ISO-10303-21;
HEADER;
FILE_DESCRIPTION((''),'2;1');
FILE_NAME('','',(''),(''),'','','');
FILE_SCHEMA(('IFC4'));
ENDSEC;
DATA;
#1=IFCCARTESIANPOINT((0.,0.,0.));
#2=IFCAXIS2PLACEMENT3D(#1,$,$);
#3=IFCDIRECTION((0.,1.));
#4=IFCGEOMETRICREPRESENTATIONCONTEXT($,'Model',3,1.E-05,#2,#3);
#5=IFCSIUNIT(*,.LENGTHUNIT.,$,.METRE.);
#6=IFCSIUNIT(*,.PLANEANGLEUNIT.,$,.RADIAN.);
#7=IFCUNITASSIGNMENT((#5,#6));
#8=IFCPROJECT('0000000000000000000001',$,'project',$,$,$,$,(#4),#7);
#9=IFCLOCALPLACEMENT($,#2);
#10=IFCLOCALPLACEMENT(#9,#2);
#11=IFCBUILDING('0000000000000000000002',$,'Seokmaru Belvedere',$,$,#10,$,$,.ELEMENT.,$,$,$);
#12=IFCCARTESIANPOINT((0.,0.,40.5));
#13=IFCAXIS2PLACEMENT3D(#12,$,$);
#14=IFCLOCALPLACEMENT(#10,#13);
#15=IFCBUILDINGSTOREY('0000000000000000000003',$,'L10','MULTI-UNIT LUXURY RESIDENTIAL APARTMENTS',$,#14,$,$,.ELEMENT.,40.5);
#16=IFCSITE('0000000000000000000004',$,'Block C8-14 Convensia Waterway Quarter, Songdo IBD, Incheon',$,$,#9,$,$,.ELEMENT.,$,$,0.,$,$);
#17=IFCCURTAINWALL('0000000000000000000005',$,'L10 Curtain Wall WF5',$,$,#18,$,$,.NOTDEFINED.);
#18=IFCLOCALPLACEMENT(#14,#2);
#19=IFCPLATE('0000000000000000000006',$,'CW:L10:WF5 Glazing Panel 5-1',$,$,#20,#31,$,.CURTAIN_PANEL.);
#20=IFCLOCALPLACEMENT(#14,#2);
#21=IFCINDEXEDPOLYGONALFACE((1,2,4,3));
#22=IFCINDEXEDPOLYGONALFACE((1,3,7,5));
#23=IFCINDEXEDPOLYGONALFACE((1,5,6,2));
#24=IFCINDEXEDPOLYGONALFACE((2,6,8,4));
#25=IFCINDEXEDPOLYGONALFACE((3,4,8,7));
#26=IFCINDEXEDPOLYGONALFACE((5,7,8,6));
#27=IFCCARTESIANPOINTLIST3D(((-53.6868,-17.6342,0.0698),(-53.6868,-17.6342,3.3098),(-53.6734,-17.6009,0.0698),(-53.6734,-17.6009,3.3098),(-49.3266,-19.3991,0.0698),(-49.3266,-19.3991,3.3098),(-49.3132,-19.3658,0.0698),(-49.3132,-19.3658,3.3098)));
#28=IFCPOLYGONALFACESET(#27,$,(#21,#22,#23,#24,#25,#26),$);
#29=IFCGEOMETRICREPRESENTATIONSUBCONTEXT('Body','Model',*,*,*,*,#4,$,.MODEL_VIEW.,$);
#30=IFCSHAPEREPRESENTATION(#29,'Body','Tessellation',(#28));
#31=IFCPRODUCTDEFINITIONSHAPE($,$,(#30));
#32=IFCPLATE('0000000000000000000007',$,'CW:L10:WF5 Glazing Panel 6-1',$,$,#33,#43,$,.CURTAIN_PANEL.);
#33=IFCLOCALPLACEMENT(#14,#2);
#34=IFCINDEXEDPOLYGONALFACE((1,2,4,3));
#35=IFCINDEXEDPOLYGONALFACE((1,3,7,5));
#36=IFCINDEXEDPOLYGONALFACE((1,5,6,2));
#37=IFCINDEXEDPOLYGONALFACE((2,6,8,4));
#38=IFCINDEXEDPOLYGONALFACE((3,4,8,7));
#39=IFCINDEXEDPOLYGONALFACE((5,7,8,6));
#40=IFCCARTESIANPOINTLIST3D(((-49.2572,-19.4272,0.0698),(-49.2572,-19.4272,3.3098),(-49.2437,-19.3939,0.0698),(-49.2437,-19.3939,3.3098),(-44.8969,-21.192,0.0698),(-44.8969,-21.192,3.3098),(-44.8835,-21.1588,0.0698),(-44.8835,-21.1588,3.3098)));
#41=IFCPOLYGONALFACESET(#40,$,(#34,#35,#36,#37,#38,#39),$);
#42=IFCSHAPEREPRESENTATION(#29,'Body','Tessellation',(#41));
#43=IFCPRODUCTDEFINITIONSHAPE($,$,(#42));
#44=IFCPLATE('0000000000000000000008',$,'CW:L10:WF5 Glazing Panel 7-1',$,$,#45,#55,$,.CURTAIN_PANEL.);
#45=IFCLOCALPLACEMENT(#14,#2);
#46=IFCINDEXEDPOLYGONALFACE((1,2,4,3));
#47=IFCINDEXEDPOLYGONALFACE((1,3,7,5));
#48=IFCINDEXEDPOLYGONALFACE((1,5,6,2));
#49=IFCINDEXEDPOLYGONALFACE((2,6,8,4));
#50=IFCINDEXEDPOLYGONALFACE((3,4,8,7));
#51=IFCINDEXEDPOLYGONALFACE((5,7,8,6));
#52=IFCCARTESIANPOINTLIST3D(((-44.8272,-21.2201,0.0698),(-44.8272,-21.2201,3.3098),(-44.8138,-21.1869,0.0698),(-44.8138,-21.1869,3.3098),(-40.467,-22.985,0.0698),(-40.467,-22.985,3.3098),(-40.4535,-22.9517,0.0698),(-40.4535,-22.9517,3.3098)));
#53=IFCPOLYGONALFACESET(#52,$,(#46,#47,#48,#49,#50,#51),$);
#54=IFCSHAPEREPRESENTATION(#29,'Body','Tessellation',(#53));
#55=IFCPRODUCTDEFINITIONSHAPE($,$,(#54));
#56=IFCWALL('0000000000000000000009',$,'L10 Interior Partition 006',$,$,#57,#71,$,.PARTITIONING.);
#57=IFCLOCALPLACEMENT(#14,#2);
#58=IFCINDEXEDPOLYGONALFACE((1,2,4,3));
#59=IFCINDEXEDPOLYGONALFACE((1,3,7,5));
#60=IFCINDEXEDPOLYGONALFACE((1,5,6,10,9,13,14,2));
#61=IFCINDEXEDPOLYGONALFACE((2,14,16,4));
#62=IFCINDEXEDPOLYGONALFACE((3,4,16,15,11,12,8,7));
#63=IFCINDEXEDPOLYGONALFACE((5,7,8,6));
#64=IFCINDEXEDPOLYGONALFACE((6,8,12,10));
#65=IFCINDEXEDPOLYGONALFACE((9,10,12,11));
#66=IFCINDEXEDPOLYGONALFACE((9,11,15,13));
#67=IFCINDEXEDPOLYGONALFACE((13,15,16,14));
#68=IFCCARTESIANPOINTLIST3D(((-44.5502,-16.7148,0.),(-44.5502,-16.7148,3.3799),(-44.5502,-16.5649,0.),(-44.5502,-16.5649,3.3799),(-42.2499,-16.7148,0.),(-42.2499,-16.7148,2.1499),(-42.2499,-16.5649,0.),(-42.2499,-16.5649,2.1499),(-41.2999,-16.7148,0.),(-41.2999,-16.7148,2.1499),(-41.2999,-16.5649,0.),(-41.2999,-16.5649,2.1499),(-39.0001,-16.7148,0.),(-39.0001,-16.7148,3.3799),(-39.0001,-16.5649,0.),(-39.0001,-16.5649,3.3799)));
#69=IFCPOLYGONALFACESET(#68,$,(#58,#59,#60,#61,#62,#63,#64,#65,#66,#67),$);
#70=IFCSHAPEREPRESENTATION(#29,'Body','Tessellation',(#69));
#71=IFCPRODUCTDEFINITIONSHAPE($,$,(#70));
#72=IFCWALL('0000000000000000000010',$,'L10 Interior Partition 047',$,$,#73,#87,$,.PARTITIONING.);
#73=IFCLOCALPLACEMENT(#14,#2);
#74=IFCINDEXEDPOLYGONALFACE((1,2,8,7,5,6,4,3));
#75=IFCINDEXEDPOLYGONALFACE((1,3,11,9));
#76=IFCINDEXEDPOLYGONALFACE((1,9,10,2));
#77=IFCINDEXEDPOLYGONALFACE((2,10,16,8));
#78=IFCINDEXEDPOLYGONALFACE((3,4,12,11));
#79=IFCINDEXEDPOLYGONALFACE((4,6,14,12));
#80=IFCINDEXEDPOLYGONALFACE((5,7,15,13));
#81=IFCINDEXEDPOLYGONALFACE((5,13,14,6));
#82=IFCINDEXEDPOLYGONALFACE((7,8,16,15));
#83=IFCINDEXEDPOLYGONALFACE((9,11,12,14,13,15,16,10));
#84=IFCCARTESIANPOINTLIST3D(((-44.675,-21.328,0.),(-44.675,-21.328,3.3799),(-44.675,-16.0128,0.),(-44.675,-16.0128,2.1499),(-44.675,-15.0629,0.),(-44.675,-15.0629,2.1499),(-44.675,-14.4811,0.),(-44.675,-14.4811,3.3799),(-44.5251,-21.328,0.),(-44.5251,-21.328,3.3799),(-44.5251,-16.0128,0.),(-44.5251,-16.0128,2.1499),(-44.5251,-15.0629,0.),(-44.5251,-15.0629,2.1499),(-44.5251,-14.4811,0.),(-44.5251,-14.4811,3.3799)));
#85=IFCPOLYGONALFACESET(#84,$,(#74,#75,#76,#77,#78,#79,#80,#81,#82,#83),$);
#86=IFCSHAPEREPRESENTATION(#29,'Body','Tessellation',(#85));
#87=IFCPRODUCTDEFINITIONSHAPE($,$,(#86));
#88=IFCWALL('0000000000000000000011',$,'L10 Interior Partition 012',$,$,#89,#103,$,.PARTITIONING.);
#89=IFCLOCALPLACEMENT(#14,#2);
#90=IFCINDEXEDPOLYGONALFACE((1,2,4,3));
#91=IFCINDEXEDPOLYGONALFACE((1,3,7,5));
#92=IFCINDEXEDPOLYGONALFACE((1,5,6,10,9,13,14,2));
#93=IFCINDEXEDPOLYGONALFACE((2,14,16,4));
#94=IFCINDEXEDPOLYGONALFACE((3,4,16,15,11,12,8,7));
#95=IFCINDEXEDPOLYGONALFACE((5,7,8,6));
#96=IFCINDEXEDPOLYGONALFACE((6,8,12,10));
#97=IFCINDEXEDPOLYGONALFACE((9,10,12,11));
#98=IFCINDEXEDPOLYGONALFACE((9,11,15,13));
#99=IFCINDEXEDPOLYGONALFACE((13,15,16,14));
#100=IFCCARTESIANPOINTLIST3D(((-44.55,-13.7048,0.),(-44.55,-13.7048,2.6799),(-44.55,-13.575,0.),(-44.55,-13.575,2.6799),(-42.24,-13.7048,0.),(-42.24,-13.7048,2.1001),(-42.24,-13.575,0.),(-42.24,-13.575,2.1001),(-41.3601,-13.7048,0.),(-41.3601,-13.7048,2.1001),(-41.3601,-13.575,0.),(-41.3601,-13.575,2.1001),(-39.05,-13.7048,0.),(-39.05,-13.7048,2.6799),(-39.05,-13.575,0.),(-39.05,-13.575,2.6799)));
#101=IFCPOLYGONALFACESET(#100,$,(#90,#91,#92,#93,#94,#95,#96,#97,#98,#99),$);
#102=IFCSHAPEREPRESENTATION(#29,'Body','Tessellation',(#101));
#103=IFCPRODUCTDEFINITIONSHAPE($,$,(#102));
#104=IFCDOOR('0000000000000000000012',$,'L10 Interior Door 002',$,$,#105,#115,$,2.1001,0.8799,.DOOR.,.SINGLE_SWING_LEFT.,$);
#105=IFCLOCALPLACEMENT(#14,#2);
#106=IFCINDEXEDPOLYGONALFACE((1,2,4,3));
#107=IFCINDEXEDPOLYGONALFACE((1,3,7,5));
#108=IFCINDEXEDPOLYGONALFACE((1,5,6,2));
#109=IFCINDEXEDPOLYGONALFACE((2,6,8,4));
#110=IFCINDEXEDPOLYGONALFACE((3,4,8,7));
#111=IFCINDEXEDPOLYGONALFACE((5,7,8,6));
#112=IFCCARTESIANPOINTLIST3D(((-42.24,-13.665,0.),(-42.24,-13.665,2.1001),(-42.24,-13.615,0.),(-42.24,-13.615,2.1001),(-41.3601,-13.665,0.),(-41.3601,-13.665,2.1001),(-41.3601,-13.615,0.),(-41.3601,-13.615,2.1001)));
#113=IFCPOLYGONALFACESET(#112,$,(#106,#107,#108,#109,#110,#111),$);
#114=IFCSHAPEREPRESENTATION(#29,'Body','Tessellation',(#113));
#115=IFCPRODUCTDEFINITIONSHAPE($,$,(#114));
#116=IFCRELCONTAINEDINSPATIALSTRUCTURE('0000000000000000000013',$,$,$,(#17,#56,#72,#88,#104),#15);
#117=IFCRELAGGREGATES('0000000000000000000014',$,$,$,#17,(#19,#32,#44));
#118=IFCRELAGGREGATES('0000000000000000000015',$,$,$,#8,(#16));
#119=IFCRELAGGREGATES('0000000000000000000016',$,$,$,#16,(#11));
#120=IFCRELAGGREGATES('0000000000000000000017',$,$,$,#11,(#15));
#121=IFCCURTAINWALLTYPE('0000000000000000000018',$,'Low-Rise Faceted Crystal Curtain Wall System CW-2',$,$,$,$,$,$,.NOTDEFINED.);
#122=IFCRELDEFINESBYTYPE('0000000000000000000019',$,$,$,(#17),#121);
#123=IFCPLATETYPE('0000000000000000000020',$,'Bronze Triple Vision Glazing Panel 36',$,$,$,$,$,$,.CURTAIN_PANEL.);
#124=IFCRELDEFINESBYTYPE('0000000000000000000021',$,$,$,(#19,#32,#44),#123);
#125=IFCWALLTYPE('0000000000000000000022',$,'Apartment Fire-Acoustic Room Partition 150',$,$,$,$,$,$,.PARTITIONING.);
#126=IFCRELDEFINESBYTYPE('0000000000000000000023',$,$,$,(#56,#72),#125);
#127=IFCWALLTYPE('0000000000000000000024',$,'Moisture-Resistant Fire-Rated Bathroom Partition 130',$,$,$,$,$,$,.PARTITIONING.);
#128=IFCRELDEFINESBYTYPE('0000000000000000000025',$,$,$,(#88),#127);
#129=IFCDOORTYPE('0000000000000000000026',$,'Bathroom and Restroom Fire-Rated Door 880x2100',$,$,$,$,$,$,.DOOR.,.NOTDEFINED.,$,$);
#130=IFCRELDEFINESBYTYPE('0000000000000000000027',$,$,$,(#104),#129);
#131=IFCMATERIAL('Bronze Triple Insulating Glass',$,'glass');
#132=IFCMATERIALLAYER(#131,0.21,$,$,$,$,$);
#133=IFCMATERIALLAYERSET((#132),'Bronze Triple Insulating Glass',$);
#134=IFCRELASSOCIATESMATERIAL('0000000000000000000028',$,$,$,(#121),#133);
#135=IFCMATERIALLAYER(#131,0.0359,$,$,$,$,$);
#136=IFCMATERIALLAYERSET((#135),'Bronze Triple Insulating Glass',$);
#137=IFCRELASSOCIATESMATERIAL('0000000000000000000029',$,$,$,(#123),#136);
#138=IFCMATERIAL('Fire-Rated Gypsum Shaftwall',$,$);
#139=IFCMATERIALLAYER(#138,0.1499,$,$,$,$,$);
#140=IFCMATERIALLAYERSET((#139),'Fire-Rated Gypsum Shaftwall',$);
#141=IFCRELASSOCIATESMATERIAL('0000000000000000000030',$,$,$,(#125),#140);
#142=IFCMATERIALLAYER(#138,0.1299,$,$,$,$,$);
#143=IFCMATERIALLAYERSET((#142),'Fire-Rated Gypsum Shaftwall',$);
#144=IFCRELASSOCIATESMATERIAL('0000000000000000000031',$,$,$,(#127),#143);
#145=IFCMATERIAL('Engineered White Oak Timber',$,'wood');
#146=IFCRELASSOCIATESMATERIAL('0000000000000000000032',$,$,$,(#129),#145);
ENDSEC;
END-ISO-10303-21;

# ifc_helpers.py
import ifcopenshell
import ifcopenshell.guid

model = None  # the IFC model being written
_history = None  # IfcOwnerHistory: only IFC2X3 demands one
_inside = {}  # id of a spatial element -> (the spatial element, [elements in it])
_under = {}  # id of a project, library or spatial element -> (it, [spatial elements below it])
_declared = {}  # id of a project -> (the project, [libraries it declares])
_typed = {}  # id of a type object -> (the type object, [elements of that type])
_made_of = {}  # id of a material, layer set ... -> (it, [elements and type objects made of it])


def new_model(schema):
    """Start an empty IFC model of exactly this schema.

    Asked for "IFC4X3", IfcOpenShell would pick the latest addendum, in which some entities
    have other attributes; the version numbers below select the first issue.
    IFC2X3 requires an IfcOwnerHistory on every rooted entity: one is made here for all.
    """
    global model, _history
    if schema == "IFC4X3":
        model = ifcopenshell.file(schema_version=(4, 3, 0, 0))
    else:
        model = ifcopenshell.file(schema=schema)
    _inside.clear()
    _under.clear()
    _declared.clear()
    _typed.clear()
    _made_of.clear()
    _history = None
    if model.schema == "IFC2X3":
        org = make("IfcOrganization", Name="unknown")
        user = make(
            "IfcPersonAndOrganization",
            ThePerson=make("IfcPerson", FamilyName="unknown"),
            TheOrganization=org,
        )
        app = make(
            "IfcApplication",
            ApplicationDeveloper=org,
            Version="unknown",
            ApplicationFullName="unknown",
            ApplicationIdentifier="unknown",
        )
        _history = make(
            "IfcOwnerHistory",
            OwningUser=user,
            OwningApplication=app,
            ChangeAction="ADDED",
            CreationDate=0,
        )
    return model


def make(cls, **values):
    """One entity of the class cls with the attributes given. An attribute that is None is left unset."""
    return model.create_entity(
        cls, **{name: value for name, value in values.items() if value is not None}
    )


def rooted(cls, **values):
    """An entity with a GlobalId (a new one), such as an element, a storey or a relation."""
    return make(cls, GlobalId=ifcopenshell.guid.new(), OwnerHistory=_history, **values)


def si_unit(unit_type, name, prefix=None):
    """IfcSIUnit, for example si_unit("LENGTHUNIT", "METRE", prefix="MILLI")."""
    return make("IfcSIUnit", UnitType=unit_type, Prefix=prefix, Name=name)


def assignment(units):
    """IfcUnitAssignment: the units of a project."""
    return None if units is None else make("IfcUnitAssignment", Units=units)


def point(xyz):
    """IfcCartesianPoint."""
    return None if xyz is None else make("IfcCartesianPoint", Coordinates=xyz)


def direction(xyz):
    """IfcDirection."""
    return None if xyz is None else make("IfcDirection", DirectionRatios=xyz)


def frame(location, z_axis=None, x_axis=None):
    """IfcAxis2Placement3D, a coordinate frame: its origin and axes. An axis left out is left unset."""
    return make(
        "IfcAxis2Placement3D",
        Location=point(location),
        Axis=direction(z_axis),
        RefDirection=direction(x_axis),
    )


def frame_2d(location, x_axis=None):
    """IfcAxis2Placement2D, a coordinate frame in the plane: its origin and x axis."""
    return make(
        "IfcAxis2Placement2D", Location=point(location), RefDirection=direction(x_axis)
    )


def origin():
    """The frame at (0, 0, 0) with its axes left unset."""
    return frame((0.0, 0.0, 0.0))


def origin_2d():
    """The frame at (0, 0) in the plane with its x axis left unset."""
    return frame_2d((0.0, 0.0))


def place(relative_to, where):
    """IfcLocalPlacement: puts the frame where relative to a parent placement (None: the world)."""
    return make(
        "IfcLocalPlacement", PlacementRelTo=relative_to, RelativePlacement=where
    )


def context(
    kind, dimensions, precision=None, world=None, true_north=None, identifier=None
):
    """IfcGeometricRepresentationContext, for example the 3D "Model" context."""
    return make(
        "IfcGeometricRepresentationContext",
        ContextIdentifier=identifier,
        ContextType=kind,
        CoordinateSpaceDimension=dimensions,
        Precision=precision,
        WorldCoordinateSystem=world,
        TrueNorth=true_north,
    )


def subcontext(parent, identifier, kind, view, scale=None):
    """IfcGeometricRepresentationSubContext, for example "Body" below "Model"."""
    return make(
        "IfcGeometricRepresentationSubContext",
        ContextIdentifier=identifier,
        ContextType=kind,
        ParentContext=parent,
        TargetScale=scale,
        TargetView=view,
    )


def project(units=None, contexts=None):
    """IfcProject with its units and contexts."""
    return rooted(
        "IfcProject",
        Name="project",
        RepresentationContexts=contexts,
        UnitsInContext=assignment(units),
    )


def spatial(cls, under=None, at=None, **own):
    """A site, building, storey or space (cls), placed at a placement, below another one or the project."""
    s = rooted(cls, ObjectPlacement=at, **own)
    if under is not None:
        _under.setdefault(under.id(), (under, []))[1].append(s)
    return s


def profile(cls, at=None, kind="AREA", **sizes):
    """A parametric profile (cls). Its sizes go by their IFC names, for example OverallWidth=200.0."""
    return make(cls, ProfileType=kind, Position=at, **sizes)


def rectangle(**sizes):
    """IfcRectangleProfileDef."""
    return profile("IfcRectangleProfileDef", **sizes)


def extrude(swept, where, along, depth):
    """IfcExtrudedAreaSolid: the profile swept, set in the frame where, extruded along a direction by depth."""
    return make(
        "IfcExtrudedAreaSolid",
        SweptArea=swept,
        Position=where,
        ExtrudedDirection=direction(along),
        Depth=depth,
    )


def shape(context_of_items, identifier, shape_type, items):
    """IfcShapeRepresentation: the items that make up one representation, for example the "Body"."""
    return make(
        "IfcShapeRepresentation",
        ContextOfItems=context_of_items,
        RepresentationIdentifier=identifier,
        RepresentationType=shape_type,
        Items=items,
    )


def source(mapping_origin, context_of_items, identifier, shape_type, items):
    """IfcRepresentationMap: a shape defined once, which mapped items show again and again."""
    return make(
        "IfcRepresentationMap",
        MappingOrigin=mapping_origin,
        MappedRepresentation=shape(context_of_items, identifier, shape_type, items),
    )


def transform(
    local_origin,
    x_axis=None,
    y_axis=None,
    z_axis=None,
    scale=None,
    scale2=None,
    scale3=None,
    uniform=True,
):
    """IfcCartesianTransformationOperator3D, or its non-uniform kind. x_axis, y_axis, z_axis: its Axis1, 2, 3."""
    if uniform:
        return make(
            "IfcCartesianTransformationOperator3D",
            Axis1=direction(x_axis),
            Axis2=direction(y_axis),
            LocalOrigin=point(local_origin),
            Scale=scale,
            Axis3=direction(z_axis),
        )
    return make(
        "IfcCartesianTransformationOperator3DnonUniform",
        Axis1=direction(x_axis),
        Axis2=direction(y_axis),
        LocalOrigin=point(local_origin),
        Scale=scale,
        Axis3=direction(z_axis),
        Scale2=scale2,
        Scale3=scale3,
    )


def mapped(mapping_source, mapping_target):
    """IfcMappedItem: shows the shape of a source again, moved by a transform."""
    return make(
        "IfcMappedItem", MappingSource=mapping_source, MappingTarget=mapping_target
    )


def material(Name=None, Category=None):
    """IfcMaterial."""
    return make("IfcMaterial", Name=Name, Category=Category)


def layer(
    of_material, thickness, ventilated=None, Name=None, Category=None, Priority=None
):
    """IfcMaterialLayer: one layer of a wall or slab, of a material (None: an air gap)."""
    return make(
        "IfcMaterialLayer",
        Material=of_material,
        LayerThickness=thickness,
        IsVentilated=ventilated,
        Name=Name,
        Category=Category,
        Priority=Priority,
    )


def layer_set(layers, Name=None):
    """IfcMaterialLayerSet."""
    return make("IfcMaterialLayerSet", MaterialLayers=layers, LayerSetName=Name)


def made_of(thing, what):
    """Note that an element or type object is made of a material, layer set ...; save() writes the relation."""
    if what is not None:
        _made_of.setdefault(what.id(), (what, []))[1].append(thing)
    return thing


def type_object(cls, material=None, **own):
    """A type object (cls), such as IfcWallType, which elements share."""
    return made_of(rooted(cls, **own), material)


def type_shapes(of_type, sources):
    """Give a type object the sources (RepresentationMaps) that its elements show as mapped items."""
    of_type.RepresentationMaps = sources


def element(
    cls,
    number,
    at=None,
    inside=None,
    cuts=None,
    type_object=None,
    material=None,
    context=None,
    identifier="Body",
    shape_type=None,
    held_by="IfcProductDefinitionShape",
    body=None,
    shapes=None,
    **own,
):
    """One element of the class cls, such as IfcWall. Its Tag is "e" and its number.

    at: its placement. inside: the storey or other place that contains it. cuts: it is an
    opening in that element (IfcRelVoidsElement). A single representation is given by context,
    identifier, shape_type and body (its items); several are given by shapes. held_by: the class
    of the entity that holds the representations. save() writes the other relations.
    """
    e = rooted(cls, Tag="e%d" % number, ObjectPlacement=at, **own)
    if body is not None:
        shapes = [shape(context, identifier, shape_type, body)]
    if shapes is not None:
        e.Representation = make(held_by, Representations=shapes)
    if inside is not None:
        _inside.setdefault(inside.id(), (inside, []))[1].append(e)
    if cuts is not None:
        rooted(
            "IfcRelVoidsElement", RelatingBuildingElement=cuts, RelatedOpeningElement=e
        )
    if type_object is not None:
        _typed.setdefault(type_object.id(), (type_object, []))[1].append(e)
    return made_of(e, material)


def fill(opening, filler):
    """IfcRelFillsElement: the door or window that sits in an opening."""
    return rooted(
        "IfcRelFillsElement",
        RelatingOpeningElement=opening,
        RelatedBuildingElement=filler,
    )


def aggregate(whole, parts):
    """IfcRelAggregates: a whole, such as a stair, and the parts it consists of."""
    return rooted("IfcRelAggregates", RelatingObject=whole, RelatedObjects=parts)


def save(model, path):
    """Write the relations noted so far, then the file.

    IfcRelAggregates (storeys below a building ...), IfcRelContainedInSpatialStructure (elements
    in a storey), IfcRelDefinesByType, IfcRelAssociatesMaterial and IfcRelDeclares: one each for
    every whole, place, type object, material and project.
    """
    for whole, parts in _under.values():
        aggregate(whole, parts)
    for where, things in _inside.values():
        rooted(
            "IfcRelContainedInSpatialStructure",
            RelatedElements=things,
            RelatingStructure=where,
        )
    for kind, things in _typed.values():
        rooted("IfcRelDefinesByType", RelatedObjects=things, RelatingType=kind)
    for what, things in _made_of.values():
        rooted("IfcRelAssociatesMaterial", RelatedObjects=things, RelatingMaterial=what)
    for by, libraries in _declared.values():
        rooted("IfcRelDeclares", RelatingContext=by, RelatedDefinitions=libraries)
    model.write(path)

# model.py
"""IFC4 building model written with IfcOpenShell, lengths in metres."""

from ifc_helpers import new_model, si_unit, direction, frame, frame_2d, origin, origin_2d, place, context, subcontext, project, spatial, rectangle, extrude, source, transform, mapped, material, layer, layer_set, type_object, type_shapes, element, fill, aggregate, save


model = new_model("IFC4")

# Units and contexts
model_context = context("Model", 3, precision=1e-05, world=origin(), true_north=direction((0.0, 1.0)))
body_context = subcontext(model_context, "Body", "Model", "MODEL_VIEW")
ifc_project = project(units=[si_unit("LENGTHUNIT", "METRE"), si_unit("PLANEANGLEUNIT", "RADIAN")], contexts=[model_context])

# Site, building, storey
site_placement = place(None, origin())
site = spatial("IfcSite", under=ifc_project, at=site_placement, Name="Block C8-14 Convensia Waterway Quarter, Songdo IBD, Incheon", CompositionType="ELEMENT", RefElevation=0.0)
building_placement = place(site_placement, origin())
building = spatial("IfcBuilding", under=site, at=building_placement, Name="Seokmaru Belvedere", CompositionType="ELEMENT")
storey_placement = place(building_placement, frame((0.0, 0.0, 40.5)))
storey = spatial("IfcBuildingStorey", under=building, at=storey_placement, Name="L10", Description="MULTI-UNIT LUXURY RESIDENTIAL APARTMENTS", CompositionType="ELEMENT", Elevation=40.5)

# Curtain wall, plates
ifc_material_1 = material(Name="Bronze Triple Insulating Glass", Category="glass")
ifc_layer_1 = layer(ifc_material_1, 0.21)
ifc_layer_set_1 = layer_set([ifc_layer_1], Name="Bronze Triple Insulating Glass")
curtain_wall_type = type_object("IfcCurtainWallType", Name="Low-Rise Faceted Crystal Curtain Wall System CW-2", PredefinedType="NOTDEFINED", material=ifc_layer_set_1)
curtain_wall_placement = place(storey_placement, origin())
curtain_wall = element("IfcCurtainWall", 1, at=curtain_wall_placement, inside=storey, type_object=curtain_wall_type, Name="L10 Curtain Wall WF5", PredefinedType="NOTDEFINED")
ifc_layer_2 = layer(ifc_material_1, 0.0359)
ifc_layer_set_2 = layer_set([ifc_layer_2], Name="Bronze Triple Insulating Glass")
plate_type = type_object("IfcPlateType", Name="Bronze Triple Vision Glazing Panel 36", PredefinedType="CURTAIN_PANEL", material=ifc_layer_set_2)
shared_shape_1 = source(origin(), body_context, "Body", "SweptSolid", [
    extrude(rectangle(XDim=4.7039, YDim=0.0359, at=origin_2d()), origin(), (0.0, 0.0, 1.0), 3.24),
])
type_shapes(plate_type, [shared_shape_1])
plate_1_placement = place(storey_placement, frame((-51.5, -18.5, 0.0698), z_axis=(0.0, 0.0, 1.0), x_axis=(0.926947, -0.375192, 0.0)))
plate_1 = element("IfcPlate", 2, at=plate_1_placement, type_object=plate_type, Name="CW:L10:WF5 Glazing Panel 5-1", PredefinedType="CURTAIN_PANEL", context=body_context, shape_type="MappedRepresentation", body=[
    mapped(shared_shape_1, transform((0.0, 0.0, 0.0), scale=1.0)),
])
plate_2_placement = place(storey_placement, frame((-47.0703, -20.293, 0.0698), z_axis=(0.0, 0.0, 1.0), x_axis=(0.926947, -0.375192, 0.0)))
plate_2 = element("IfcPlate", 3, at=plate_2_placement, type_object=plate_type, Name="CW:L10:WF5 Glazing Panel 6-1", PredefinedType="CURTAIN_PANEL", context=body_context, shape_type="MappedRepresentation", body=[
    mapped(shared_shape_1, transform((0.0, 0.0, 0.0), scale=1.0)),
])
plate_3_placement = place(storey_placement, frame((-42.6404, -22.0859, 0.0698), z_axis=(0.0, 0.0, 1.0), x_axis=(0.926947, -0.375192, 0.0)))
plate_3 = element("IfcPlate", 4, at=plate_3_placement, type_object=plate_type, Name="CW:L10:WF5 Glazing Panel 7-1", PredefinedType="CURTAIN_PANEL", context=body_context, shape_type="MappedRepresentation", body=[
    mapped(shared_shape_1, transform((0.0, 0.0, 0.0), scale=1.0)),
])
aggregate(curtain_wall, [plate_1, plate_2, plate_3])

# Walls, openings
ifc_material_2 = material(Name="Fire-Rated Gypsum Shaftwall")
ifc_layer_3 = layer(ifc_material_2, 0.1499)
ifc_layer_set_3 = layer_set([ifc_layer_3], Name="Fire-Rated Gypsum Shaftwall")
wall_type_1 = type_object("IfcWallType", Name="Apartment Fire-Acoustic Room Partition 150", PredefinedType="PARTITIONING", material=ifc_layer_set_3)
wall_1_placement = place(storey_placement, frame((-44.55, -16.6399, 0.0), z_axis=(0.0, 0.0, 1.0), x_axis=(1.0, 0.0, 0.0)))
wall_1 = element("IfcWall", 5, at=wall_1_placement, inside=storey, type_object=wall_type_1, Name="L10 Interior Partition 006", PredefinedType="PARTITIONING", context=body_context, shape_type="SweptSolid", body=[
    extrude(rectangle(XDim=5.55, YDim=0.1499, at=frame_2d((2.7749, 0.0))), origin(), (0.0, 0.0, 1.0), 3.3799),
])
opening_1_placement = place(wall_1_placement, frame((2.3, 0.0, 0.0)))
element("IfcOpeningElement", 6, at=opening_1_placement, cuts=wall_1, PredefinedType="OPENING", context=body_context, shape_type="SweptSolid", body=[
    extrude(rectangle(XDim=0.95, YDim=2.1499, at=frame_2d((0.4751, 1.075))), frame((0.0, 0.085, 0.0), z_axis=(0.0, -1.0, 0.0), x_axis=(1.0, 0.0, 0.0)), (0.0, 0.0, 1.0), 0.1699),
])
wall_2_placement = place(storey_placement, frame((-44.6001, -21.3279, 0.0), z_axis=(0.0, 0.0, 1.0), x_axis=(0.0, 1.0, 0.0)))
wall_2 = element("IfcWall", 7, at=wall_2_placement, inside=storey, type_object=wall_type_1, Name="L10 Interior Partition 047", PredefinedType="PARTITIONING", context=body_context, shape_type="SweptSolid", body=[
    extrude(rectangle(XDim=6.8469, YDim=0.1499, at=frame_2d((3.4233, 0.0))), origin(), (0.0, 0.0, 1.0), 3.3799),
])
opening_2_placement = place(wall_2_placement, frame((5.3149, 0.0, 0.0)))
element("IfcOpeningElement", 8, at=opening_2_placement, cuts=wall_2, PredefinedType="OPENING", context=body_context, shape_type="SweptSolid", body=[
    extrude(rectangle(XDim=0.95, YDim=2.1499, at=frame_2d((0.4751, 1.075))), frame((0.0, 0.085, 0.0), z_axis=(0.0, -1.0, 0.0), x_axis=(1.0, 0.0, 0.0)), (0.0, 0.0, 1.0), 0.1699),
])

# Wall, opening, door
ifc_layer_4 = layer(ifc_material_2, 0.1299)
ifc_layer_set_4 = layer_set([ifc_layer_4], Name="Fire-Rated Gypsum Shaftwall")
wall_type_2 = type_object("IfcWallType", Name="Moisture-Resistant Fire-Rated Bathroom Partition 130", PredefinedType="PARTITIONING", material=ifc_layer_set_4)
wall_3_placement = place(storey_placement, frame((-44.55, -13.6399, 0.0), z_axis=(0.0, 0.0, 1.0), x_axis=(1.0, 0.0, 0.0)))
wall_3 = element("IfcWall", 9, at=wall_3_placement, inside=storey, type_object=wall_type_2, Name="L10 Interior Partition 012", PredefinedType="PARTITIONING", context=body_context, shape_type="SweptSolid", body=[
    extrude(rectangle(XDim=5.5, YDim=0.1299, at=frame_2d((2.75, 0.0))), origin(), (0.0, 0.0, 1.0), 2.6799),
])
opening_3_placement = place(wall_3_placement, frame((2.3101, 0.0, 0.0)))
opening_3 = element("IfcOpeningElement", 10, at=opening_3_placement, cuts=wall_3, PredefinedType="OPENING", context=body_context, shape_type="SweptSolid", body=[
    extrude(rectangle(XDim=0.8799, YDim=2.1001, at=frame_2d((0.4399, 1.05))), frame((0.0, 0.075, 0.0), z_axis=(0.0, -1.0, 0.0), x_axis=(1.0, 0.0, 0.0)), (0.0, 0.0, 1.0), 0.1499),
])
ifc_material_3 = material(Name="Engineered White Oak Timber", Category="wood")
door_type = type_object("IfcDoorType", Name="Bathroom and Restroom Fire-Rated Door 880x2100", OperationType="NOTDEFINED", PredefinedType="DOOR", material=ifc_material_3)
shared_shape_2 = source(origin(), body_context, "Body", "SweptSolid", [
    extrude(rectangle(XDim=0.8799, YDim=2.1001, at=frame_2d((0.4399, 1.05))), frame((0.0, 0.0249, 0.0), z_axis=(0.0, -1.0, 0.0), x_axis=(1.0, 0.0, 0.0)), (0.0, 0.0, 1.0), 0.05),
])
type_shapes(door_type, [shared_shape_2])
door_placement = place(opening_3_placement, origin())
door = element("IfcDoor", 11, at=door_placement, inside=storey, type_object=door_type, Name="L10 Interior Door 002", OperationType="SINGLE_SWING_LEFT", OverallHeight=2.1001, OverallWidth=0.8799, PredefinedType="DOOR", context=body_context, shape_type="MappedRepresentation", body=[
    mapped(shared_shape_2, transform((0.0, 0.0, 0.0), scale=1.0)),
])
fill(opening_3, door)

save(model, "model.ifc")
